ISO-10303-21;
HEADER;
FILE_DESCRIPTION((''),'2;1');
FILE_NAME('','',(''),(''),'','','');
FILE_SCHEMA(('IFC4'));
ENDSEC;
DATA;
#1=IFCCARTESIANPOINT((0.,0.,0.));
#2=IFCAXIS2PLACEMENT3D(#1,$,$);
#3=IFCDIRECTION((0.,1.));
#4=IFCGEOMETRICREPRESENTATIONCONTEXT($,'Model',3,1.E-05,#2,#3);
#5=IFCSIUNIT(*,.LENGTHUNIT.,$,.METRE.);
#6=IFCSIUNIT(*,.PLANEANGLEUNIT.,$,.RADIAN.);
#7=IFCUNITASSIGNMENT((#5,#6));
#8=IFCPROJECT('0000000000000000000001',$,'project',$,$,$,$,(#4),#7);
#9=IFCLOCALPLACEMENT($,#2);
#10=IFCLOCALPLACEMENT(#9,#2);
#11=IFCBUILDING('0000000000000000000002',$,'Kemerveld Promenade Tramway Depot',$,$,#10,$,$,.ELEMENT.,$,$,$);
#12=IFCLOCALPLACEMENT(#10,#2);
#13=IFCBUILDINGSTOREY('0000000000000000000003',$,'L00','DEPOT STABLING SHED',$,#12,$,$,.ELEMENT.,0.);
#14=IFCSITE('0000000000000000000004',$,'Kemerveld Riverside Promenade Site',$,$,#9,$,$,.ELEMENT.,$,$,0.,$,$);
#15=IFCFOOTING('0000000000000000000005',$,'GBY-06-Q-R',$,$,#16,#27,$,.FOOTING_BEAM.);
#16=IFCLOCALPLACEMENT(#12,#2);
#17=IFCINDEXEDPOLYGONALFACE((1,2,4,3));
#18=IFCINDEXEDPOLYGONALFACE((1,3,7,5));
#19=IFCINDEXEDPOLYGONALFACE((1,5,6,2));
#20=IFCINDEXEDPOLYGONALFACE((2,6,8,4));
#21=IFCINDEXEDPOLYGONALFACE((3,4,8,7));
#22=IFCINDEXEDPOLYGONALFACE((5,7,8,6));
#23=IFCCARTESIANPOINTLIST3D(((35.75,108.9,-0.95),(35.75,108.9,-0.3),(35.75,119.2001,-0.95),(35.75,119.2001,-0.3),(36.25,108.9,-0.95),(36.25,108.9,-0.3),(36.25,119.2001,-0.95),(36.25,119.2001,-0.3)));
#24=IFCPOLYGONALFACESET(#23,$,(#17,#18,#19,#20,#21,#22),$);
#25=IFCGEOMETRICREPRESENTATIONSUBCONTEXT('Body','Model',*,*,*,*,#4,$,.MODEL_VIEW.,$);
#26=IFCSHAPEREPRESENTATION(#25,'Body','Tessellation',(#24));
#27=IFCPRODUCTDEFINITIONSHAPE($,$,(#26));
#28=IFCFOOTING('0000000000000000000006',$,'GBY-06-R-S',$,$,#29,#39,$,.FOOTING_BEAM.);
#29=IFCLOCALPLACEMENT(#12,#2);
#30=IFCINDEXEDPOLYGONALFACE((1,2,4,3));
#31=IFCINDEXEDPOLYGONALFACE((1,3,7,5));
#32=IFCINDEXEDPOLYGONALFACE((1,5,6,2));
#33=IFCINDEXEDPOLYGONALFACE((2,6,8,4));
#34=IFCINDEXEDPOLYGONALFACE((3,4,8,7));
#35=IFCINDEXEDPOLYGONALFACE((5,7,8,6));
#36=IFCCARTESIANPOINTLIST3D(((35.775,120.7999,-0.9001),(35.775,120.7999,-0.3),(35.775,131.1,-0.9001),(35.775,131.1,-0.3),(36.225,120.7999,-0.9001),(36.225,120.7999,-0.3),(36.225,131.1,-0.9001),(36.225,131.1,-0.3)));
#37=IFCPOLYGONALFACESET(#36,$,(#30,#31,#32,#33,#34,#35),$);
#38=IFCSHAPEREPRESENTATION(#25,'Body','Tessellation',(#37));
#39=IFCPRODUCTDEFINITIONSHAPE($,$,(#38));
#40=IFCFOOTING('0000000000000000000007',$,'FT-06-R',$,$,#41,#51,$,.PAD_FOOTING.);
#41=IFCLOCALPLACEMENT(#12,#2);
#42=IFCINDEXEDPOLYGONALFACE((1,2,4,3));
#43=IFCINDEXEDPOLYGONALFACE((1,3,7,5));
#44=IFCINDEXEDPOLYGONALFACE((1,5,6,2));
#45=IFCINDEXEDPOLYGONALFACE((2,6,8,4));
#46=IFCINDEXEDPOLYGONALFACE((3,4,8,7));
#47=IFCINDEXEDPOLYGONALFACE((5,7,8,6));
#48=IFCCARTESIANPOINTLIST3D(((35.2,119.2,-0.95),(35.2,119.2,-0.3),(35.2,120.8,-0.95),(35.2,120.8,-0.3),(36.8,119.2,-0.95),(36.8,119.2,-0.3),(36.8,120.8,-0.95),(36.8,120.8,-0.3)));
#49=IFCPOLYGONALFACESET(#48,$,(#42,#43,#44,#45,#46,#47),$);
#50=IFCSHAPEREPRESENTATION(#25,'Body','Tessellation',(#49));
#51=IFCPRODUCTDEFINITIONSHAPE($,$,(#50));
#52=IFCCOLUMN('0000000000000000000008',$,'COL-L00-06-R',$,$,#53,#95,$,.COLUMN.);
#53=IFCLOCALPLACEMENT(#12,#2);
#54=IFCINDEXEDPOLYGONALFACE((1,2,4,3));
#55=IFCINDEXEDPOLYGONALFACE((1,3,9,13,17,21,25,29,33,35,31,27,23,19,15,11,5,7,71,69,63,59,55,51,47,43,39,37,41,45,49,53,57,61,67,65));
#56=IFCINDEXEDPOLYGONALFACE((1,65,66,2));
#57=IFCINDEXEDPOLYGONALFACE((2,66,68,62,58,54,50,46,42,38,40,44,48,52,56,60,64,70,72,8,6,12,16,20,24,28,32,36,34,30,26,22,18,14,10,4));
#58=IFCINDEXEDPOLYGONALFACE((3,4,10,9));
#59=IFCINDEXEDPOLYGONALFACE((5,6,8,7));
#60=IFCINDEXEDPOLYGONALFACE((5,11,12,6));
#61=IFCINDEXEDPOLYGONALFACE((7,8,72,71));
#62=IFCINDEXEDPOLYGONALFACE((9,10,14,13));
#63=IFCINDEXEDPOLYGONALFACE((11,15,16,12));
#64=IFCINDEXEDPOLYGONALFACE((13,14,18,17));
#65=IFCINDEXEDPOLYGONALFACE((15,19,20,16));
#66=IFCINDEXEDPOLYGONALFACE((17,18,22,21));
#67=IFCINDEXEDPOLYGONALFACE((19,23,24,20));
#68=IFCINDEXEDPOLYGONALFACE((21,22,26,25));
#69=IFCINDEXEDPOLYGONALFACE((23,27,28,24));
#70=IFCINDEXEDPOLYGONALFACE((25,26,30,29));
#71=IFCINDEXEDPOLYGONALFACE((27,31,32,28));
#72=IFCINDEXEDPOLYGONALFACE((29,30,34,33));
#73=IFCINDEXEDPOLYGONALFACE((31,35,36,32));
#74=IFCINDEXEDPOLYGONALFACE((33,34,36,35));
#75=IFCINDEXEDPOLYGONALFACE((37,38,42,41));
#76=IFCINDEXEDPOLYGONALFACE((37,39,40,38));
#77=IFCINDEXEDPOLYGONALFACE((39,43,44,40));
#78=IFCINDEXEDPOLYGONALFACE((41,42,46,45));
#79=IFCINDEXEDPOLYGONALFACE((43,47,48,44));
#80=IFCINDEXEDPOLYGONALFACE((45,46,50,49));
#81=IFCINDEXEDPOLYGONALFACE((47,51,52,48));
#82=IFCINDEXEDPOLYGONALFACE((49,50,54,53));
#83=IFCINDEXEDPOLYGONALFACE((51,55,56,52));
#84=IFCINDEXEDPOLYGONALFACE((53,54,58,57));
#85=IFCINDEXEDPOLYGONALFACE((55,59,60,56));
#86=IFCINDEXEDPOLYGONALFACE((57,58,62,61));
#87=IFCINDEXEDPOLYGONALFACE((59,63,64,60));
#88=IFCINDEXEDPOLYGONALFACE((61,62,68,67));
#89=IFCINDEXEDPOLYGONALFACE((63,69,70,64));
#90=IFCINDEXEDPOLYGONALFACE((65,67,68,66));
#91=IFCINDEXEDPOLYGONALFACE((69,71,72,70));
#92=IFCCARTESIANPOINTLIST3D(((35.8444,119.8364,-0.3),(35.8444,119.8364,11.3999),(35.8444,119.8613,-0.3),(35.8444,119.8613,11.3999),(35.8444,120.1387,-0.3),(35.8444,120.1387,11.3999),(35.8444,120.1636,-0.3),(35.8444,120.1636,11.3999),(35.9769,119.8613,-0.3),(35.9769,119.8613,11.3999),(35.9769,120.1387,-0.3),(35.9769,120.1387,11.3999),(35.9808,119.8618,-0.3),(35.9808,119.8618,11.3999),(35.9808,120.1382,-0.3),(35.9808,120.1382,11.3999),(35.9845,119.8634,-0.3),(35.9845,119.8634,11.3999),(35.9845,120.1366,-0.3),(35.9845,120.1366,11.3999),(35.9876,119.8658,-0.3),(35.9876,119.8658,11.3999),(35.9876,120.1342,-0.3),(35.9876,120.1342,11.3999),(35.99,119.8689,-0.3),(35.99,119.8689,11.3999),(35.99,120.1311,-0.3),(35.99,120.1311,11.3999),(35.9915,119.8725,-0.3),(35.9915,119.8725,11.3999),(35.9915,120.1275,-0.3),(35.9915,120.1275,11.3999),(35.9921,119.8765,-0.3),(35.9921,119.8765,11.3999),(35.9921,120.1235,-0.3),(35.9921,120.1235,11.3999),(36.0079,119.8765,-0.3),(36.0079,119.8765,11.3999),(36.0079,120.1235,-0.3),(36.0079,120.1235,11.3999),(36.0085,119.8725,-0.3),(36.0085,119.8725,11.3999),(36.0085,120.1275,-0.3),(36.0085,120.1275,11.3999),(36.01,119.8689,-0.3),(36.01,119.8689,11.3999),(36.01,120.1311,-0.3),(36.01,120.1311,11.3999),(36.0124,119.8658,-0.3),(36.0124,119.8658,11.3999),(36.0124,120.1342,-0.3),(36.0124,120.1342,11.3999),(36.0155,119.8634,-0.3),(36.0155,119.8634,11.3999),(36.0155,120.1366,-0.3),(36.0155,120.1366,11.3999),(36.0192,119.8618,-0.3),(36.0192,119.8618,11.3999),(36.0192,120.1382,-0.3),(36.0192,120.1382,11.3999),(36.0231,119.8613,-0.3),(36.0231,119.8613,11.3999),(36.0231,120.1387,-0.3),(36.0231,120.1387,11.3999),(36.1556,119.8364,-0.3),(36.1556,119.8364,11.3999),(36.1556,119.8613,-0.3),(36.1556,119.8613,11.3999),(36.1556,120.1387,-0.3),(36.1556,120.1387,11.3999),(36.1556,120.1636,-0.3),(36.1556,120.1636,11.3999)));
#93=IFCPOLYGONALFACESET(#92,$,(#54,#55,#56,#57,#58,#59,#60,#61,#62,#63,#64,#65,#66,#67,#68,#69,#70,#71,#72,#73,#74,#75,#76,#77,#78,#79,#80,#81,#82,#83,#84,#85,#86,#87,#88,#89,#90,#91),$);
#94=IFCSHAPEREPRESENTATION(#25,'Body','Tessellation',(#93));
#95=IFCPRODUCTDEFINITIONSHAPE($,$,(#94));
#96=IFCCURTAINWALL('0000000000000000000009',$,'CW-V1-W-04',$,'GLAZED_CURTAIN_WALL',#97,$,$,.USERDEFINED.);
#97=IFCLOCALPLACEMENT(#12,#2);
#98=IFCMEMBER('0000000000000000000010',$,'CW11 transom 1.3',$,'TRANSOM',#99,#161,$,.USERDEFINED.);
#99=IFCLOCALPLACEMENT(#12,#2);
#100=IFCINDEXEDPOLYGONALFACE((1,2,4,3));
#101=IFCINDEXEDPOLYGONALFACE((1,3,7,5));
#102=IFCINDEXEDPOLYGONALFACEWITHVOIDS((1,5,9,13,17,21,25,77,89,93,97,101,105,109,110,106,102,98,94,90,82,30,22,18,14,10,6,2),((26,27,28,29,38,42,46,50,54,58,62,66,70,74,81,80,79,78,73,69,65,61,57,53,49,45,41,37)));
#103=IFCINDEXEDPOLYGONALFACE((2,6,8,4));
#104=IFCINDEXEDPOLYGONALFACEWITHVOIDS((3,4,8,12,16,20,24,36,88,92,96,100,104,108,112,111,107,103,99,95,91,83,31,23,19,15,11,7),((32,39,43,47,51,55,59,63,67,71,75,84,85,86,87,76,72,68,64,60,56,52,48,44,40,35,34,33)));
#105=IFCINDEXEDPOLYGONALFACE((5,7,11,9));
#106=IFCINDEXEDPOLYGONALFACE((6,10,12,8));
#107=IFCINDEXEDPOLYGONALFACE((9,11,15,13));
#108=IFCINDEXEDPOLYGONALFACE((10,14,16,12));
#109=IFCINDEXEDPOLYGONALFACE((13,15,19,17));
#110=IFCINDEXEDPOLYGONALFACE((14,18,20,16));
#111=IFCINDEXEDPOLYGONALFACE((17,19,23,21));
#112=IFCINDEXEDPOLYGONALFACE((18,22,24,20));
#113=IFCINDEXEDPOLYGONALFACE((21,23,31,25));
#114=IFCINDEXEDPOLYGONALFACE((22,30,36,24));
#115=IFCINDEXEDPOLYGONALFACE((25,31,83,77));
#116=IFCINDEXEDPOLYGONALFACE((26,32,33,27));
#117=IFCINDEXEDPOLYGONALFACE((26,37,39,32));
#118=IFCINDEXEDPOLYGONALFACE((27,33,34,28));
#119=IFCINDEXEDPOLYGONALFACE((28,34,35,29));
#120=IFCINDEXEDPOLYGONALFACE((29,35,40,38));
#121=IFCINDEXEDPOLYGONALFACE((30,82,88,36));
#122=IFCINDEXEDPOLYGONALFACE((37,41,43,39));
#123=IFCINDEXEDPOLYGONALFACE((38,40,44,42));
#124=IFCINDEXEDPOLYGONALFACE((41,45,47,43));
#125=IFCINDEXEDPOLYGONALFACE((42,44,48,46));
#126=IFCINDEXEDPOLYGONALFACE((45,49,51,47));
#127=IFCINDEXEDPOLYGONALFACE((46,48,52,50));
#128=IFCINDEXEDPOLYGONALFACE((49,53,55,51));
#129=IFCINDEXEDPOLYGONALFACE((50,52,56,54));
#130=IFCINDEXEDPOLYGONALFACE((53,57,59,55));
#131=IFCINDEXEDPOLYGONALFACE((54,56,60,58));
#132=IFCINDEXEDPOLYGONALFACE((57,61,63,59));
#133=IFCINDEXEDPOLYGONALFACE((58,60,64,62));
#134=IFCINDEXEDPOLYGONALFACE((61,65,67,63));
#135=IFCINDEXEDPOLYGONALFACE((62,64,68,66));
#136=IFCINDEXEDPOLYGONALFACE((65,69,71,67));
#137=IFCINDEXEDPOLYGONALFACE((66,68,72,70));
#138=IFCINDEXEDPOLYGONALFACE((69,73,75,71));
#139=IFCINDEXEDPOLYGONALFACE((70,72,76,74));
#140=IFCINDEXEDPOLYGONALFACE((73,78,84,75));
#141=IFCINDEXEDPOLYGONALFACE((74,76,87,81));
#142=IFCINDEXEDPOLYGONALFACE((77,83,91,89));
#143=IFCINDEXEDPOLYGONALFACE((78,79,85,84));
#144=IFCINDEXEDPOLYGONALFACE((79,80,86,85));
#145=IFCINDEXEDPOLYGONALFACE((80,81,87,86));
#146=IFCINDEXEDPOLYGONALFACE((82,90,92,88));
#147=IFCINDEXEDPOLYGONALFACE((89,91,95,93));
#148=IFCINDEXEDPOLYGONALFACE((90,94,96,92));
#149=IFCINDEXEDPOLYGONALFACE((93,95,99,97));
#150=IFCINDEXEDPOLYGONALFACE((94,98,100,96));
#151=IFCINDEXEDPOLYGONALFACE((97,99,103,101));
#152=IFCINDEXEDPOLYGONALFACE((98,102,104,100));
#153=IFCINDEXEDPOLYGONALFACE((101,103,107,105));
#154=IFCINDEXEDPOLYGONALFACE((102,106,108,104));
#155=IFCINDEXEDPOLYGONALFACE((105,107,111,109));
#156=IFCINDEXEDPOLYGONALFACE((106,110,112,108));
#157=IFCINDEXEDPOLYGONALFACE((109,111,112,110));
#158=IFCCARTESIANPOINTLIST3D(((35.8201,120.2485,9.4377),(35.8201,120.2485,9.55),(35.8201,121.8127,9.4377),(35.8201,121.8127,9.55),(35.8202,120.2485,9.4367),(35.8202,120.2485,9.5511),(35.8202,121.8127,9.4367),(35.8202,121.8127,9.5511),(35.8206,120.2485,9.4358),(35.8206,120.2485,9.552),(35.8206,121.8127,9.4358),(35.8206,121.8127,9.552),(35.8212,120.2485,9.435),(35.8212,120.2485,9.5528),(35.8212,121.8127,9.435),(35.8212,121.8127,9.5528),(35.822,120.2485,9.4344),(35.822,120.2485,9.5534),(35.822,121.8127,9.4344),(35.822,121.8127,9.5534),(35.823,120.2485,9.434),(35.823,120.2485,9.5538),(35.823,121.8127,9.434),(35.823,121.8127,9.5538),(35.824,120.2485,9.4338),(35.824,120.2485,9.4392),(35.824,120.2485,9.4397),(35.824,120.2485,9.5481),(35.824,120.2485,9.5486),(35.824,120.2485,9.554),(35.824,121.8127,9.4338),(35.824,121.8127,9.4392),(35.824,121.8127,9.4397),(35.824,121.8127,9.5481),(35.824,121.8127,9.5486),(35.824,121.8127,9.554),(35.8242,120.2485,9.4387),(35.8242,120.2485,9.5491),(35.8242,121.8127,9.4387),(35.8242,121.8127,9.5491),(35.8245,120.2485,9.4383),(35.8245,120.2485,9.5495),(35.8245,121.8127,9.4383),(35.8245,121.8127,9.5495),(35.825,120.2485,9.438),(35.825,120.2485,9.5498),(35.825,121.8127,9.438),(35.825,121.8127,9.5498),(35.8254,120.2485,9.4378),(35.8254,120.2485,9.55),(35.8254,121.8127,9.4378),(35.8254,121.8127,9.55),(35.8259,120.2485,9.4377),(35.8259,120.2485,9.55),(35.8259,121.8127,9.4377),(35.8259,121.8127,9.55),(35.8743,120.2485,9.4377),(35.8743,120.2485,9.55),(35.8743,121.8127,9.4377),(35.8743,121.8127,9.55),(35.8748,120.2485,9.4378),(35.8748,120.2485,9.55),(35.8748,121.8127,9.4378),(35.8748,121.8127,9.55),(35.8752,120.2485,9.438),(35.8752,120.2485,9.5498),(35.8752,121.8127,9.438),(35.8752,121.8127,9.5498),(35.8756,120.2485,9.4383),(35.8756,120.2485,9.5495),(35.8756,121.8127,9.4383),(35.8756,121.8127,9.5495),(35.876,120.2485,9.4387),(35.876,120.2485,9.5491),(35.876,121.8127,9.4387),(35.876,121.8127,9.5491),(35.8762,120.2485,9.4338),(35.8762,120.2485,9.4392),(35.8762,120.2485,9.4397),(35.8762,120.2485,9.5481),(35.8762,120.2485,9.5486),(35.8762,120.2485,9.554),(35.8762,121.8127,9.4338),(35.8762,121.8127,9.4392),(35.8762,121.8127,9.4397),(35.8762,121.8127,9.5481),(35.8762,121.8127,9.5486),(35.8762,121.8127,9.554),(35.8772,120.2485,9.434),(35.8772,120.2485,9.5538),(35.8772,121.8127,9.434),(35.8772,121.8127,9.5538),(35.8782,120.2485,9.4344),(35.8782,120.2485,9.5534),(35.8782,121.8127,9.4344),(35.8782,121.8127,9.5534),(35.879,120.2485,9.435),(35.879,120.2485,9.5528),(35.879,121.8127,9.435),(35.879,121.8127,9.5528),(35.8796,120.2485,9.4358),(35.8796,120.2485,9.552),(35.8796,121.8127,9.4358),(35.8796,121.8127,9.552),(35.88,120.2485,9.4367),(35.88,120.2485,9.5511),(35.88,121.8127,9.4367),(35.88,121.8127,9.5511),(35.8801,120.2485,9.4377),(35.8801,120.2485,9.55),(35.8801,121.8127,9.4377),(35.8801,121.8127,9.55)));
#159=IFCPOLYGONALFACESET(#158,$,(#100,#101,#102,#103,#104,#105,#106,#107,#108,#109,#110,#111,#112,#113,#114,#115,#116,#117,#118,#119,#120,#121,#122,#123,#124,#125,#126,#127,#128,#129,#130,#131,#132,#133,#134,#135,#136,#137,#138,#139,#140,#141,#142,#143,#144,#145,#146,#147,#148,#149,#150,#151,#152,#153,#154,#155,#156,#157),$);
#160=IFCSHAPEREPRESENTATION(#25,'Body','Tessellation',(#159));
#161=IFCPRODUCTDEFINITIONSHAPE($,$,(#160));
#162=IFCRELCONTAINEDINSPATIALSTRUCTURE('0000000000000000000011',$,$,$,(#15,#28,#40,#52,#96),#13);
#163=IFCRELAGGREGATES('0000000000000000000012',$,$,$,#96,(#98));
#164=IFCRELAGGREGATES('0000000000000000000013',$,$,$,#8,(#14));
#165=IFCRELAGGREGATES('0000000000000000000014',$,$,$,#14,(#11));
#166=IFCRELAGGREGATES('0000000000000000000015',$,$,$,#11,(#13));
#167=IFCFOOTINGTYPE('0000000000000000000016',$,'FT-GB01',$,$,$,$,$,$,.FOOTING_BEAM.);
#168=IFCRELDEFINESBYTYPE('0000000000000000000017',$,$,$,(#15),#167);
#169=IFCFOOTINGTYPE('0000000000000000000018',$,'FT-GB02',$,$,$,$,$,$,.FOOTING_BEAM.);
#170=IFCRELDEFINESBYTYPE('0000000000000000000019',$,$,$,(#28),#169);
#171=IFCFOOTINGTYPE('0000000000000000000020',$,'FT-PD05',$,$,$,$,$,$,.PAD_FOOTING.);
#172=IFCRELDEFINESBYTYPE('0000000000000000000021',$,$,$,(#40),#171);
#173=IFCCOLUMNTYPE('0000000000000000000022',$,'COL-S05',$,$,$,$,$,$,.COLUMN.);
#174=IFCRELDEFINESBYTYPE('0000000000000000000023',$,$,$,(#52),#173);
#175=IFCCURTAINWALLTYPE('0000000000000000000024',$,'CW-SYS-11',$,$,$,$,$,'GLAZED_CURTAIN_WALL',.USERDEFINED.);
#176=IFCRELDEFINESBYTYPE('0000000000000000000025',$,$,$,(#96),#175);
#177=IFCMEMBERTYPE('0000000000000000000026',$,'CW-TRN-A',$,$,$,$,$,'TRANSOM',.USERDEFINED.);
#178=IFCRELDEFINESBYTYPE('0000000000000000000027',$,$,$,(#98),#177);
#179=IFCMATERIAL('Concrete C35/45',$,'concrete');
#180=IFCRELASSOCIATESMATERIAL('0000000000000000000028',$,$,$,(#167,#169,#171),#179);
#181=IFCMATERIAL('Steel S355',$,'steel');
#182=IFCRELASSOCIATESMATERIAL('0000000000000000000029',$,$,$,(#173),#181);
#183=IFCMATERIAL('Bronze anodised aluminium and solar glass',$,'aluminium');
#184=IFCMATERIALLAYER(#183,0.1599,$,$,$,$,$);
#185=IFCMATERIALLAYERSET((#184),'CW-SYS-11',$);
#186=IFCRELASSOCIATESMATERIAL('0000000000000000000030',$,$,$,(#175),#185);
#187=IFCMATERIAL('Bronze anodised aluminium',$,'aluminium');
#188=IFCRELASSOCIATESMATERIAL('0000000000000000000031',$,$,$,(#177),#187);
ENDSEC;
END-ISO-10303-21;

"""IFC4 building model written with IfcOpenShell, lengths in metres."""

from ifc_helpers import new_model, si_unit, direction, frame, origin, origin_2d, place, context, subcontext, project, spatial, rectangle, hollow_rectangle, i_section, extrude, material, layer, layer_set, material_profile, profile_set, type_object, element, aggregate, save


model = new_model("IFC4")

# Units and contexts
model_context = context("Model", 3, precision=1e-05, world=origin(), true_north=direction((0.0, 1.0)))
body_context = subcontext(model_context, "Body", "Model", "MODEL_VIEW")
ifc_project = project(units=[si_unit("LENGTHUNIT", "METRE"), si_unit("PLANEANGLEUNIT", "RADIAN")], contexts=[model_context])

# Site, building, storey
site_placement = place(None, origin())
site = spatial("IfcSite", under=ifc_project, at=site_placement, Name="Kemerveld Riverside Promenade Site", CompositionType="ELEMENT", RefElevation=0.0)
building_placement = place(site_placement, origin())
building = spatial("IfcBuilding", under=site, at=building_placement, Name="Kemerveld Promenade Tramway Depot", CompositionType="ELEMENT")
storey_placement = place(building_placement, origin())
storey = spatial("IfcBuildingStorey", under=building, at=storey_placement, Name="L00", Description="DEPOT STABLING SHED", CompositionType="ELEMENT", Elevation=0.0)

# Footings
ifc_material_1 = material(Name="Concrete C35/45", Category="concrete")
footing_type_1 = type_object("IfcFootingType", Name="FT-GB01", PredefinedType="FOOTING_BEAM", material=ifc_material_1)
footing_1_placement = place(storey_placement, frame((36.0, 114.05, -0.95), z_axis=(0.0, 0.0, 1.0), x_axis=(0.0, 1.0, 0.0)))
element("IfcFooting", 1, at=footing_1_placement, inside=storey, type_object=footing_type_1, Name="GBY-06-Q-R", PredefinedType="FOOTING_BEAM", context=body_context, shape_type="SweptSolid", body=[
    extrude(rectangle(XDim=10.3, YDim=0.5, at=origin_2d()), origin(), (0.0, 0.0, 1.0), 0.6499),
])
footing_type_2 = type_object("IfcFootingType", Name="FT-GB02", PredefinedType="FOOTING_BEAM", material=ifc_material_1)
footing_2_placement = place(storey_placement, frame((36.0, 125.95, -0.9001), z_axis=(0.0, 0.0, 1.0), x_axis=(0.0, 1.0, 0.0)))
element("IfcFooting", 2, at=footing_2_placement, inside=storey, type_object=footing_type_2, Name="GBY-06-R-S", PredefinedType="FOOTING_BEAM", context=body_context, shape_type="SweptSolid", body=[
    extrude(rectangle(XDim=10.3, YDim=0.45, at=origin_2d()), origin(), (0.0, 0.0, 1.0), 0.6001),
])
footing_type_3 = type_object("IfcFootingType", Name="FT-PD05", PredefinedType="PAD_FOOTING", material=ifc_material_1)
footing_3_placement = place(storey_placement, frame((36.0, 120.0, -0.95), z_axis=(0.0, 0.0, 1.0), x_axis=(1.0, 0.0, 0.0)))
element("IfcFooting", 3, at=footing_3_placement, inside=storey, type_object=footing_type_3, Name="FT-06-R", PredefinedType="PAD_FOOTING", context=body_context, shape_type="SweptSolid", body=[
    extrude(rectangle(XDim=1.6001, YDim=1.6001, at=origin_2d()), origin(), (0.0, 0.0, 1.0), 0.6499),
])

# Column
ifc_material_2 = material(Name="Steel S355", Category="steel")
ifc_material_profile_1 = material_profile(ifc_material_2, i_section(OverallWidth=0.3113, OverallDepth=0.3271, WebThickness=0.0159, FlangeThickness=0.0249, FilletRadius=0.0151, at=origin_2d()), Name="305x305x158 UC")
ifc_profile_set_1 = profile_set([ifc_material_profile_1], Name="Steel S355")
column_type = type_object("IfcColumnType", Name="COL-S05", PredefinedType="COLUMN", material=ifc_profile_set_1)
column_placement = place(storey_placement, frame((36.0, 120.0, -0.3), z_axis=(0.0, 0.0, 1.0), x_axis=(1.0, 0.0, 0.0)))
element("IfcColumn", 4, at=column_placement, inside=storey, type_object=column_type, Name="COL-L00-06-R", PredefinedType="COLUMN", context=body_context, shape_type="SweptSolid", body=[
    extrude(i_section(OverallWidth=0.3113, OverallDepth=0.3271, WebThickness=0.0159, FlangeThickness=0.0249, FilletRadius=0.0151, at=origin_2d()), origin(), (0.0, 0.0, 1.0), 11.7),
])

# Curtain wall, member
ifc_material_3 = material(Name="Bronze anodised aluminium and solar glass", Category="aluminium")
ifc_layer_1 = layer(ifc_material_3, 0.1599)
ifc_layer_set_1 = layer_set([ifc_layer_1], Name="CW-SYS-11")
curtain_wall_type_1 = type_object("IfcCurtainWallType", Name="CW-SYS-11", ElementType="GLAZED_CURTAIN_WALL", PredefinedType="USERDEFINED", material=ifc_layer_set_1)
curtain_wall_1_placement = place(storey_placement, origin())
curtain_wall_1 = element("IfcCurtainWall", 5, at=curtain_wall_1_placement, inside=storey, type_object=curtain_wall_type_1, Name="CW-V1-W-04", ObjectType="GLAZED_CURTAIN_WALL", PredefinedType="USERDEFINED")
ifc_material_4 = material(Name="Bronze anodised aluminium", Category="aluminium")
ifc_material_profile_2 = material_profile(ifc_material_4, hollow_rectangle(XDim=0.0601, YDim=0.1201, WallThickness=0.0039, InnerFilletRadius=0.002, OuterFilletRadius=0.0039, at=origin_2d()), Name="CW-TRN-120x60")
ifc_profile_set_2 = profile_set([ifc_material_profile_2], Name="Bronze anodised aluminium")
member_type_1 = type_object("IfcMemberType", Name="CW-TRN-A", ElementType="TRANSOM", PredefinedType="USERDEFINED", material=ifc_profile_set_2)
member_1_placement = place(storey_placement, frame((35.8501, 120.2485, 9.4939), z_axis=(0.0, 1.0, 0.0), x_axis=(-1.0, 0.0, 0.0)))
member_1 = element("IfcMember", 6, at=member_1_placement, type_object=member_type_1, Name="CW11 transom 1.3", ObjectType="TRANSOM", PredefinedType="USERDEFINED", context=body_context, shape_type="SweptSolid", body=[
    extrude(hollow_rectangle(XDim=0.0601, YDim=0.1201, WallThickness=0.0039, InnerFilletRadius=0.002, OuterFilletRadius=0.0039, at=origin_2d()), origin(), (0.0, 0.0, 1.0), 1.5642),
])

aggregate(curtain_wall_1, [member_1])

save(model, "model.ifc")
